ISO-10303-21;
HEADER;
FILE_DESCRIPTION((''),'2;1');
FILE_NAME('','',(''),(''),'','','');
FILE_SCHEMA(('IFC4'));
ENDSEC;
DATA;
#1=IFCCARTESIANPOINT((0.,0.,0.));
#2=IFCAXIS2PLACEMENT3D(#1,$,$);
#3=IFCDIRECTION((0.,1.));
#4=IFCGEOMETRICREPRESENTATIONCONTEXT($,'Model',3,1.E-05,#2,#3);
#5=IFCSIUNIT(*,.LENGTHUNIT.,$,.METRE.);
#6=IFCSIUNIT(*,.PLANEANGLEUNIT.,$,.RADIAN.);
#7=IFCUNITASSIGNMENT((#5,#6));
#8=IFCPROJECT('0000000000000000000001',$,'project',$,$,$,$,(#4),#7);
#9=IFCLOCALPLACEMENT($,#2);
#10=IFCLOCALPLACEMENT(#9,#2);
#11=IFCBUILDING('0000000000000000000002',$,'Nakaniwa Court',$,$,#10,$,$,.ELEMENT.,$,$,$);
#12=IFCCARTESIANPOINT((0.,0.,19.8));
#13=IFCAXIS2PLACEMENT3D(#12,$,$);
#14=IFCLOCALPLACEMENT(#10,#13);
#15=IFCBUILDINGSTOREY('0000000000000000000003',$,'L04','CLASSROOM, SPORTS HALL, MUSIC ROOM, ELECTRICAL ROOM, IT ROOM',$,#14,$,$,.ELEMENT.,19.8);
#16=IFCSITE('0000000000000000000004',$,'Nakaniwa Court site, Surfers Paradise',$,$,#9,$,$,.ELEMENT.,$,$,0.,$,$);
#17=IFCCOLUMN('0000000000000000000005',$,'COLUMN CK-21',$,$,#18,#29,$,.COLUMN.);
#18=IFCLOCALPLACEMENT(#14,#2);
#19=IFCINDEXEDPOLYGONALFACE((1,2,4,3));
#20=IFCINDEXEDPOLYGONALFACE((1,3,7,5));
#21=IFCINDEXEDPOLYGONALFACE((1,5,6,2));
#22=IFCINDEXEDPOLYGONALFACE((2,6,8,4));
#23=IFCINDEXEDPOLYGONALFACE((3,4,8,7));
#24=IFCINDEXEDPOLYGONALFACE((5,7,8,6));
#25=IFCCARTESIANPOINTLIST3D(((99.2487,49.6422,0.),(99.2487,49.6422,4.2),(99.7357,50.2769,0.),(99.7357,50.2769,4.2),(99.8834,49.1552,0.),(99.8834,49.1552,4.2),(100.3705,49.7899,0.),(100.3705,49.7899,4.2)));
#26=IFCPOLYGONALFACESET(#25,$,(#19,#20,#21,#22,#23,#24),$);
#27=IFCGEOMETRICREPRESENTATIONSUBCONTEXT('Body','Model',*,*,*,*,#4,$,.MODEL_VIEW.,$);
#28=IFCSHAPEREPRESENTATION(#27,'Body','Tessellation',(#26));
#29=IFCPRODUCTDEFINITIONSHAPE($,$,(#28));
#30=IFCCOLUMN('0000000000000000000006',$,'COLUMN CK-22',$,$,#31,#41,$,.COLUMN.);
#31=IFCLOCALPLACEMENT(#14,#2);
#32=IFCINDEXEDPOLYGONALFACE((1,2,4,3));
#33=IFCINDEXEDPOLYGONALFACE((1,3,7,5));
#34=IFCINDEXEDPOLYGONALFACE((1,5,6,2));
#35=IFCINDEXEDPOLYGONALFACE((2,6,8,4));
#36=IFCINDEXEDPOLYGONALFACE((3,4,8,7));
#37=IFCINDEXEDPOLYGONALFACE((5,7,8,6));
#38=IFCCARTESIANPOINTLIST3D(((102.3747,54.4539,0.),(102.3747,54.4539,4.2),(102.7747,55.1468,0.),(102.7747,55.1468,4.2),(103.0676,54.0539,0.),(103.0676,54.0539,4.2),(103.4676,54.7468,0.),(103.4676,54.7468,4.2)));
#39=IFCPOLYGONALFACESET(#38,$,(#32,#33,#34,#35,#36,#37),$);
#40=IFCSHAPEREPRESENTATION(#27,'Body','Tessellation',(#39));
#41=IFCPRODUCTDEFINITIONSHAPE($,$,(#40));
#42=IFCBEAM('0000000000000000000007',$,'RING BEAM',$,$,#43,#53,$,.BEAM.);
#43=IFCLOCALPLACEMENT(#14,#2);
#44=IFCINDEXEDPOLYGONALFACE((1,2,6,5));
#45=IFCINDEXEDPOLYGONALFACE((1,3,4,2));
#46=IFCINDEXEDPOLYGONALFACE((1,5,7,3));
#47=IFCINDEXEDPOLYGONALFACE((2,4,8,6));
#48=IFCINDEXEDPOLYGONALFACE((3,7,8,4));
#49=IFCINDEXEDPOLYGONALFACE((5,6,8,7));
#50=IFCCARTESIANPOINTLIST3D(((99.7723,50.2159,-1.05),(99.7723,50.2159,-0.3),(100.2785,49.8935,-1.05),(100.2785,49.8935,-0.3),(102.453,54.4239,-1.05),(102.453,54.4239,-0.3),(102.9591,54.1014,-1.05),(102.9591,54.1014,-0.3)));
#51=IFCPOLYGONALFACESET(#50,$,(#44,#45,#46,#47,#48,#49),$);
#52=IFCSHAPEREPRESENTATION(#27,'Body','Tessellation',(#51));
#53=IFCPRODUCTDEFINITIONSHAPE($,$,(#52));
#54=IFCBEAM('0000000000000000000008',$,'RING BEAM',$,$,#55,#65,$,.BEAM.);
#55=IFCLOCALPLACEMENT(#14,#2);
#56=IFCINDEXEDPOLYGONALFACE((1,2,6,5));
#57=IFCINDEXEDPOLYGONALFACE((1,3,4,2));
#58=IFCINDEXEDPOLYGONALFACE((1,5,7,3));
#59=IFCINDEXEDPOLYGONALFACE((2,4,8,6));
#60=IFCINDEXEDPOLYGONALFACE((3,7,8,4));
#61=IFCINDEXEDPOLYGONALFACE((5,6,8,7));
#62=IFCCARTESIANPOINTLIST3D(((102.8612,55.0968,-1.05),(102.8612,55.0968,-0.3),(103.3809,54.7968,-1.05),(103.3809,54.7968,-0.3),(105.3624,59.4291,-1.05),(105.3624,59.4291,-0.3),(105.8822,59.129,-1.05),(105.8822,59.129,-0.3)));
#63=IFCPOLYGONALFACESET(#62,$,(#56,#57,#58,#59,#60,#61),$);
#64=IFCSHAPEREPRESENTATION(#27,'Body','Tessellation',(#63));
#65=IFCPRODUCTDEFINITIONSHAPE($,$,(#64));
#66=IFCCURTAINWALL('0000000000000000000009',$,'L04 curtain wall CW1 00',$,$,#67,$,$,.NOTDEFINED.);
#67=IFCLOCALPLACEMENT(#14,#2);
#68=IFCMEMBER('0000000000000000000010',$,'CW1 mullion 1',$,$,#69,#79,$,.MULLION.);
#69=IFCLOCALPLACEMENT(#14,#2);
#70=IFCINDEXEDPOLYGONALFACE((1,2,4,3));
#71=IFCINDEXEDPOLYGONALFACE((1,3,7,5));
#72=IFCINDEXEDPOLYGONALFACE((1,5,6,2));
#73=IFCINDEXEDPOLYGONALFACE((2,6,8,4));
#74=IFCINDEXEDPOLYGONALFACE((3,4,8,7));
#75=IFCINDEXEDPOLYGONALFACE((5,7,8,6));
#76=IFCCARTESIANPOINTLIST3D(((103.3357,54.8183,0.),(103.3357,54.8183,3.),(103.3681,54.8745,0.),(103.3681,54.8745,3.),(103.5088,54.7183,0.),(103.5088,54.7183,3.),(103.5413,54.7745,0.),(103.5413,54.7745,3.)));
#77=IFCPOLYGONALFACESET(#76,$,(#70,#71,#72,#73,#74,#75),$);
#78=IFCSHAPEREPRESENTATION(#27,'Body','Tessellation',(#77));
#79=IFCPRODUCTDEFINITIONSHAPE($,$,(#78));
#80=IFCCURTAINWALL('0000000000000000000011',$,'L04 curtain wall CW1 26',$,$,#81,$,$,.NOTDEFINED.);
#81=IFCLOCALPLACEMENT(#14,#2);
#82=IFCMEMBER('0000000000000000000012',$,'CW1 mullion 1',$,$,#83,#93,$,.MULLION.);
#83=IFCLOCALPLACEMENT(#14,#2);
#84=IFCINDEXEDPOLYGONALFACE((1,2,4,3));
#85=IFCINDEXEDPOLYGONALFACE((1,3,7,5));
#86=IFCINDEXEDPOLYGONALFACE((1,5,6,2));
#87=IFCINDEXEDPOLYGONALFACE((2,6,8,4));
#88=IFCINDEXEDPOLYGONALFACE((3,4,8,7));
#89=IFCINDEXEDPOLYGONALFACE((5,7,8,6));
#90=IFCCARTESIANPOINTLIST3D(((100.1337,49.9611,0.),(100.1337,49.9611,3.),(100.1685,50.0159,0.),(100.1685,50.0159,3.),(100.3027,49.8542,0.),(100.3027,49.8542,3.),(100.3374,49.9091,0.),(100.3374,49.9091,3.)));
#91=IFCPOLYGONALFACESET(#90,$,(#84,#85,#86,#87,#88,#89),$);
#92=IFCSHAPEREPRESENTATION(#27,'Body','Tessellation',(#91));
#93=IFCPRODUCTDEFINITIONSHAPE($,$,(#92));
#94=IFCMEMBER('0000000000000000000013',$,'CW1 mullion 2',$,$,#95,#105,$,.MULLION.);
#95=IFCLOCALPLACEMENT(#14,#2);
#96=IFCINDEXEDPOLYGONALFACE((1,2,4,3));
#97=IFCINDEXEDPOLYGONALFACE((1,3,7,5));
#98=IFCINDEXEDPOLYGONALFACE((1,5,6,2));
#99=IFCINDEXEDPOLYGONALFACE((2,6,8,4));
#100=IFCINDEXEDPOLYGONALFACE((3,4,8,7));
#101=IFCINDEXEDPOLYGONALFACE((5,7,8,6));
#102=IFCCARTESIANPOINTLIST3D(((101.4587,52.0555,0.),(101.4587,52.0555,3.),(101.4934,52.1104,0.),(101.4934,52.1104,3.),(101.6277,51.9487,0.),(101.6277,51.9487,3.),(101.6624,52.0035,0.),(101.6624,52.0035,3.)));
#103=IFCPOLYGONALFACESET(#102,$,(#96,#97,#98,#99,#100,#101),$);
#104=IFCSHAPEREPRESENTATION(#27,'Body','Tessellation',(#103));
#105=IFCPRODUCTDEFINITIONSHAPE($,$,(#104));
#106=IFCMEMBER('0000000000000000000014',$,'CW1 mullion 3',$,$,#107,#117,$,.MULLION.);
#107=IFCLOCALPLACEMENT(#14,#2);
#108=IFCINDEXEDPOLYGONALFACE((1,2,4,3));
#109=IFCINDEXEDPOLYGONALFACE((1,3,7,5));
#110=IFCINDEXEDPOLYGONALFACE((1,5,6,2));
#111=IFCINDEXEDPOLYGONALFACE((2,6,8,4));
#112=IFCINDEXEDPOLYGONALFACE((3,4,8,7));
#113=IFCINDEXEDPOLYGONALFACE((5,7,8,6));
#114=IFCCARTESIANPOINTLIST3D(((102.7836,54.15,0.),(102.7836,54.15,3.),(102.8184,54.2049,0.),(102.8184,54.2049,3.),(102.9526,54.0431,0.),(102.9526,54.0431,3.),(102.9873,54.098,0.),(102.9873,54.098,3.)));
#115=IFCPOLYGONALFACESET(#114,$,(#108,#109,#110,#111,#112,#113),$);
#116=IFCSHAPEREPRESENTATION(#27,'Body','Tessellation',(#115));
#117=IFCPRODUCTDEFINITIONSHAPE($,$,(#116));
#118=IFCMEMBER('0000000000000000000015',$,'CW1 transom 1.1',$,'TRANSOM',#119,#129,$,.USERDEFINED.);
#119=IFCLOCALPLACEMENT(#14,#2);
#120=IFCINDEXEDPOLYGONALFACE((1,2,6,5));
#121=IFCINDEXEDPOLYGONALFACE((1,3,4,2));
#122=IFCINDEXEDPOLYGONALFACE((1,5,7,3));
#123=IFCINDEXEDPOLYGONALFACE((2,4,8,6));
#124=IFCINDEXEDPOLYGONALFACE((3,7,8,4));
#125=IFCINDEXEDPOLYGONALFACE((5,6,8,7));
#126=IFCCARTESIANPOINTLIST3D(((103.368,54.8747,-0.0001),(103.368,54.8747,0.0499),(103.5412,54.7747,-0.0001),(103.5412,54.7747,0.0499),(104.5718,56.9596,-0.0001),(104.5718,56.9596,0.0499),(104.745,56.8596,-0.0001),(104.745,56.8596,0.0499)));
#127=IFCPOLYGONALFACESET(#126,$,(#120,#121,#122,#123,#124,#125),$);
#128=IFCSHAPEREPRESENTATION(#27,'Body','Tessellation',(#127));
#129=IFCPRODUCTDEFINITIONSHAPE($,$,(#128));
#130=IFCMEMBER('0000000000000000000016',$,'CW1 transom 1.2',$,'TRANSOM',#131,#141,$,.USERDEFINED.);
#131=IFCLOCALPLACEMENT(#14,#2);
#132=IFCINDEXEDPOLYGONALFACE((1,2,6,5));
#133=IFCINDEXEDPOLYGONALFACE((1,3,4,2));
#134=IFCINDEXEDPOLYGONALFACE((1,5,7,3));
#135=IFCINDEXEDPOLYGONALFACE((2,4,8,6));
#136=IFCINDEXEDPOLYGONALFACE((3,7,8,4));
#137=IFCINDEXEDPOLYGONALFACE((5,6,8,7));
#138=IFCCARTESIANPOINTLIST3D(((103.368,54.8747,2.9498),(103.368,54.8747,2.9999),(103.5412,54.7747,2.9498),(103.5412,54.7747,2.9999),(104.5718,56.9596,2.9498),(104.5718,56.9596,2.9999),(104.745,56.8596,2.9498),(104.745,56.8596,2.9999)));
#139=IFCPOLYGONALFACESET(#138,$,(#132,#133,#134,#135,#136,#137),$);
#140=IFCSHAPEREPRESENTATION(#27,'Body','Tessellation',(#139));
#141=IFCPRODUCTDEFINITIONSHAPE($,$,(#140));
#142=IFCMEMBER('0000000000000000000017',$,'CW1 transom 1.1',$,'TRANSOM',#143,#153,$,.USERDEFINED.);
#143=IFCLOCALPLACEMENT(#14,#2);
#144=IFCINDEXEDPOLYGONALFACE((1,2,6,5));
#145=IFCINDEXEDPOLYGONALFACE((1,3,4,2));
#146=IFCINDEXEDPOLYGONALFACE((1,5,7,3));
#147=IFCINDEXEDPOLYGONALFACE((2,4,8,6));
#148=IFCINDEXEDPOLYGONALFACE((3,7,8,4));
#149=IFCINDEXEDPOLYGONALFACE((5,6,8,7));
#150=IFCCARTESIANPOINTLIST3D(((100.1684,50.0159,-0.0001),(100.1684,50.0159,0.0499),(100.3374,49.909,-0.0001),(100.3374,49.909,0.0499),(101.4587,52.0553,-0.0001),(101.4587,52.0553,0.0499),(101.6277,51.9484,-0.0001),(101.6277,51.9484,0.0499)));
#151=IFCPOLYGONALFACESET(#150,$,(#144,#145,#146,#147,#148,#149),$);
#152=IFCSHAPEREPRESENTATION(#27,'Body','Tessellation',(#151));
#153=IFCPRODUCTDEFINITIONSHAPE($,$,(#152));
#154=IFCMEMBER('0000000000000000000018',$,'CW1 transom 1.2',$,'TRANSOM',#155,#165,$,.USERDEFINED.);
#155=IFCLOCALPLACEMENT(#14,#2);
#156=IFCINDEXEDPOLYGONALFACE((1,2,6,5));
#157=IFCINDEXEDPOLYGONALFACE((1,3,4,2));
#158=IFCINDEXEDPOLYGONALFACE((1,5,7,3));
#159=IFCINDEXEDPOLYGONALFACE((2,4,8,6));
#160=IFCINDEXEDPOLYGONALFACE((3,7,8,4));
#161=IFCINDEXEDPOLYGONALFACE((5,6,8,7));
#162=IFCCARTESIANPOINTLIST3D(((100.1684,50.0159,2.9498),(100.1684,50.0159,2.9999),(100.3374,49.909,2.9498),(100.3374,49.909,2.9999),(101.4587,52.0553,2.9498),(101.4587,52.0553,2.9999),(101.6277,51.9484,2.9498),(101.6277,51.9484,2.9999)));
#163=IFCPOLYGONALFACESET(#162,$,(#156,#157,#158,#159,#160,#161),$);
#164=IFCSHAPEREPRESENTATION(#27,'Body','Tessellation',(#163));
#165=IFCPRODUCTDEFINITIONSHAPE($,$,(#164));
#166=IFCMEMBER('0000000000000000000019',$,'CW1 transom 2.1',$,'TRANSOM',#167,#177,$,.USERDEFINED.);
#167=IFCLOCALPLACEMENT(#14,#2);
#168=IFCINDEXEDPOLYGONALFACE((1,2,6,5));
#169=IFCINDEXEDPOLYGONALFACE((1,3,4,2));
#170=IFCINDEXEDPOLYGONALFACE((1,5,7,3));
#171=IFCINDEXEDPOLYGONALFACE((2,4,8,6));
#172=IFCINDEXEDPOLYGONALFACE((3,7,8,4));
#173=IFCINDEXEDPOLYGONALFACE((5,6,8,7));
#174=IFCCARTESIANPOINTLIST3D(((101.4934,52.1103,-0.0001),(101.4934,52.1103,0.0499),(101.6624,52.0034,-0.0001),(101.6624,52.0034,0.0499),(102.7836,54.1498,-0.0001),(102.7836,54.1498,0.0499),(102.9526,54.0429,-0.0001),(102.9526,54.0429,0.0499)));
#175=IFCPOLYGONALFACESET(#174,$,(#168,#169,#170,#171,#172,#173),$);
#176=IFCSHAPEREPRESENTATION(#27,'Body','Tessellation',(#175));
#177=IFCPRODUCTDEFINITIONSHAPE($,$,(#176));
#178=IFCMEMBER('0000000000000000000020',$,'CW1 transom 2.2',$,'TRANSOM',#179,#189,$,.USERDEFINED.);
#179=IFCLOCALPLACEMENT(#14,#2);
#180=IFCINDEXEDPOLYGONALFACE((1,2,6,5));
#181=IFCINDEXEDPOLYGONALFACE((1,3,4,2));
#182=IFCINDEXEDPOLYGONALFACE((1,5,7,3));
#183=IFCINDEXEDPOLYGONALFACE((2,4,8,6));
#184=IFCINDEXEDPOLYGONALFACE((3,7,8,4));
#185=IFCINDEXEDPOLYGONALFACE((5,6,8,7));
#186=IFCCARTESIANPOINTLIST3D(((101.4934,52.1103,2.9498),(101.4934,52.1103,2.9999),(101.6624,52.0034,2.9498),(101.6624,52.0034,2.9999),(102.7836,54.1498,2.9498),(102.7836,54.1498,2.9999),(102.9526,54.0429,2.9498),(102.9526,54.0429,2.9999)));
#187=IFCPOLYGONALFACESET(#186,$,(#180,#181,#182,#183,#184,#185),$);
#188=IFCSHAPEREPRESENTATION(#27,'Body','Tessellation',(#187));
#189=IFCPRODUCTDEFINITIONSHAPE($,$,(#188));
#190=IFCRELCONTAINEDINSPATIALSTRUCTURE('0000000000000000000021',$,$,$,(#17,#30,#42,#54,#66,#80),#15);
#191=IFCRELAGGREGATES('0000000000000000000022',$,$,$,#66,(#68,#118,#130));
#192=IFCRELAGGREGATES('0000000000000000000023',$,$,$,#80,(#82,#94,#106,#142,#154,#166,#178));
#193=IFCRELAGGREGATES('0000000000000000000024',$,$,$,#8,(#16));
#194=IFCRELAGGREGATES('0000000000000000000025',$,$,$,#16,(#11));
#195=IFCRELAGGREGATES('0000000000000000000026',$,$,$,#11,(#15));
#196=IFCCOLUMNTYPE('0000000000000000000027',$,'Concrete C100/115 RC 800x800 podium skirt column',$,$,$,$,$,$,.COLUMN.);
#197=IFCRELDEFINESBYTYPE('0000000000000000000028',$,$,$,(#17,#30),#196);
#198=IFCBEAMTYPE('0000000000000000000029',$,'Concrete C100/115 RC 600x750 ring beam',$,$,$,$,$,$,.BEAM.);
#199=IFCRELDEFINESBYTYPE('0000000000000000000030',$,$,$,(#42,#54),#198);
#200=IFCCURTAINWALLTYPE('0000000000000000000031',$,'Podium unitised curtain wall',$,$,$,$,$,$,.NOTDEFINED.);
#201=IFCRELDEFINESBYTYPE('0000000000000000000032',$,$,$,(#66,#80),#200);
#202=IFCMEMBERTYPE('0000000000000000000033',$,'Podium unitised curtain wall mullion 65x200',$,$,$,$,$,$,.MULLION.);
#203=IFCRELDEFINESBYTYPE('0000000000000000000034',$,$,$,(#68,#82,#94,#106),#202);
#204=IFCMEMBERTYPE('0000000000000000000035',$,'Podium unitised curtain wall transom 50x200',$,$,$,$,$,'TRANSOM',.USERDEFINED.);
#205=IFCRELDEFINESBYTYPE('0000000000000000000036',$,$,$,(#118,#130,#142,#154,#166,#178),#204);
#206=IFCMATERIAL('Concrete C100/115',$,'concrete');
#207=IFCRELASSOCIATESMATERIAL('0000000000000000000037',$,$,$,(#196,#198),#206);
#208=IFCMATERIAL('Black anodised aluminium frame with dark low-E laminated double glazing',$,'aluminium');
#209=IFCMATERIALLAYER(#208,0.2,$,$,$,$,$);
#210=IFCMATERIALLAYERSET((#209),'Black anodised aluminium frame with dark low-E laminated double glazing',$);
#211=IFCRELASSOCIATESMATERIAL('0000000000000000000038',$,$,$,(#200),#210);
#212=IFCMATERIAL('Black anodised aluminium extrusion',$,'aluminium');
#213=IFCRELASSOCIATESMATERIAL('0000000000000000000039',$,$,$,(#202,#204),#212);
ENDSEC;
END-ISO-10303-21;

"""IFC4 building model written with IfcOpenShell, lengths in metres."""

from ifc_helpers import new_model, si_unit, direction, frame, origin, origin_2d, place, context, subcontext, project, spatial, rectangle, extrude, material, layer, layer_set, material_profile, profile_set, type_object, element, aggregate, save


model = new_model("IFC4")

# Units and contexts
model_context = context("Model", 3, precision=1e-05, world=origin(), true_north=direction((0.0, 1.0)))
body_context = subcontext(model_context, "Body", "Model", "MODEL_VIEW")
ifc_project = project(units=[si_unit("LENGTHUNIT", "METRE"), si_unit("PLANEANGLEUNIT", "RADIAN")], contexts=[model_context])

# Site, building, storey
site_placement = place(None, origin())
site = spatial("IfcSite", under=ifc_project, at=site_placement, Name="Nakaniwa Court site, Surfers Paradise", CompositionType="ELEMENT", RefElevation=0.0)
building_placement = place(site_placement, origin())
building = spatial("IfcBuilding", under=site, at=building_placement, Name="Nakaniwa Court", CompositionType="ELEMENT")
storey_placement = place(building_placement, frame((0.0, 0.0, 19.8)))
storey = spatial("IfcBuildingStorey", under=building, at=storey_placement, Name="L04", Description="CLASSROOM, SPORTS HALL, MUSIC ROOM, ELECTRICAL ROOM, IT ROOM", CompositionType="ELEMENT", Elevation=19.8)

# Columns
ifc_material_1 = material(Name="Concrete C100/115", Category="concrete")
ifc_material_profile_1 = material_profile(ifc_material_1, rectangle(XDim=0.8, YDim=0.8, at=origin_2d()), Name="Concrete C100/115 RC 800x800 podium skirt column")
ifc_profile_set_1 = profile_set([ifc_material_profile_1], Name="Concrete C100/115")
column_type = type_object("IfcColumnType", Name="Concrete C100/115 RC 800x800 podium skirt column", PredefinedType="COLUMN", material=ifc_profile_set_1)
for number, where, z_axis, x_axis, name in (
    (1, (99.8096, 49.7161, 0.0), (0.0, 0.0, 1.0), (0.608761, 0.793353, 0.0), "COLUMN CK-21"),
    (2, (102.9211, 54.6003, 0.0), (0.0, 0.0, 1.0), (0.5, 0.866025, 0.0), "COLUMN CK-22"),
):
    element("IfcColumn", number, at=place(storey_placement, frame(where, z_axis=z_axis, x_axis=x_axis)), inside=storey, type_object=column_type, Name=name, PredefinedType="COLUMN", context=body_context, shape_type="SweptSolid", body=[
        extrude(rectangle(XDim=0.8, YDim=0.8, at=origin_2d()), origin(), (0.0, 0.0, 1.0), 4.2),
    ])

# Beams
ifc_material_profile_2 = material_profile(ifc_material_1, rectangle(XDim=0.6001, YDim=0.75, at=origin_2d()), Name="Concrete C100/115 RC 600x750 ring beam")
ifc_profile_set_2 = profile_set([ifc_material_profile_2], Name="Concrete C100/115")
beam_type = type_object("IfcBeamType", Name="Concrete C100/115 RC 600x750 ring beam", PredefinedType="BEAM", material=ifc_profile_set_2)
beam_1_placement = place(storey_placement, frame((100.0254, 50.0547, -0.675), z_axis=(0.537281, 0.843403, 0.0), x_axis=(-0.843403, 0.537281, 0.0)))
element("IfcBeam", 3, at=beam_1_placement, inside=storey, type_object=beam_type, Name="RING BEAM", PredefinedType="BEAM", context=body_context, shape_type="SweptSolid", body=[
    extrude(rectangle(XDim=0.6001, YDim=0.75, at=origin_2d()), origin(), (0.0, 0.0, 1.0), 4.9893),
])
beam_2_placement = place(storey_placement, frame((103.1211, 54.9468, -0.675), z_axis=(0.499997, 0.866027, 0.0), x_axis=(-0.866027, 0.499997, 0.0)))
element("IfcBeam", 4, at=beam_2_placement, inside=storey, type_object=beam_type, Name="RING BEAM", PredefinedType="BEAM", context=body_context, shape_type="SweptSolid", body=[
    extrude(rectangle(XDim=0.6001, YDim=0.75, at=origin_2d()), origin(), (0.0, 0.0, 1.0), 5.0024),
])

# Curtain wall, member
ifc_material_2 = material(Name="Black anodised aluminium frame with dark low-E laminated double glazing", Category="aluminium")
ifc_layer_1 = layer(ifc_material_2, 0.2)
ifc_layer_set_1 = layer_set([ifc_layer_1], Name="Black anodised aluminium frame with dark low-E laminated double glazing")
curtain_wall_type = type_object("IfcCurtainWallType", Name="Podium unitised curtain wall", PredefinedType="NOTDEFINED", material=ifc_layer_set_1)
curtain_wall_1_placement = place(storey_placement, origin())
curtain_wall_1 = element("IfcCurtainWall", 5, at=curtain_wall_1_placement, inside=storey, type_object=curtain_wall_type, Name="L04 curtain wall CW1 00", PredefinedType="NOTDEFINED")
ifc_material_3 = material(Name="Black anodised aluminium extrusion", Category="aluminium")
ifc_material_profile_3 = material_profile(ifc_material_3, rectangle(XDim=0.2, YDim=0.0649, at=origin_2d()), Name="Podium unitised curtain wall mullion 65x200")
ifc_profile_set_3 = profile_set([ifc_material_profile_3], Name="Black anodised aluminium extrusion")
member_type_1 = type_object("IfcMemberType", Name="Podium unitised curtain wall mullion 65x200", PredefinedType="MULLION", material=ifc_profile_set_3)
member_1_placement = place(storey_placement, frame((103.4385, 54.7964, 0.0), z_axis=(0.0, 0.0, 1.0), x_axis=(-0.866037, 0.499979, 0.0)))
member_1 = element("IfcMember", 6, at=member_1_placement, type_object=member_type_1, Name="CW1 mullion 1", PredefinedType="MULLION", context=body_context, shape_type="SweptSolid", body=[
    extrude(rectangle(XDim=0.2, YDim=0.0649, at=origin_2d()), origin(), (0.0, 0.0, 1.0), 3.0),
])

# Curtain wall, members
curtain_wall_2_placement = place(storey_placement, origin())
curtain_wall_2 = element("IfcCurtainWall", 7, at=curtain_wall_2_placement, inside=storey, type_object=curtain_wall_type, Name="L04 curtain wall CW1 26", PredefinedType="NOTDEFINED")
member_2_placement = place(storey_placement, frame((100.2356, 49.9351, 0.0), z_axis=(0.0, 0.0, 1.0), x_axis=(-0.845107, 0.534597, 0.0)))
member_2 = element("IfcMember", 8, at=member_2_placement, type_object=member_type_1, Name="CW1 mullion 1", PredefinedType="MULLION", context=body_context, shape_type="SweptSolid", body=[
    extrude(rectangle(XDim=0.2, YDim=0.0649, at=origin_2d()), origin(), (0.0, 0.0, 1.0), 3.0),
])
member_3_placement = place(storey_placement, frame((101.5605, 52.0295, 0.0), z_axis=(0.0, 0.0, 1.0), x_axis=(-0.845107, 0.534597, 0.0)))
member_3 = element("IfcMember", 9, at=member_3_placement, type_object=member_type_1, Name="CW1 mullion 2", PredefinedType="MULLION", context=body_context, shape_type="SweptSolid", body=[
    extrude(rectangle(XDim=0.2, YDim=0.0649, at=origin_2d()), origin(), (0.0, 0.0, 1.0), 3.0),
])
member_4_placement = place(storey_placement, frame((102.8855, 54.124, 0.0), z_axis=(0.0, 0.0, 1.0), x_axis=(-0.845107, 0.534597, 0.0)))
member_4 = element("IfcMember", 10, at=member_4_placement, type_object=member_type_1, Name="CW1 mullion 3", PredefinedType="MULLION", context=body_context, shape_type="SweptSolid", body=[
    extrude(rectangle(XDim=0.2, YDim=0.0649, at=origin_2d()), origin(), (0.0, 0.0, 1.0), 3.0),
])

# Members
ifc_material_profile_4 = material_profile(ifc_material_3, rectangle(XDim=0.2, YDim=0.05, at=origin_2d()), Name="Podium unitised curtain wall transom 50x200")
ifc_profile_set_4 = profile_set([ifc_material_profile_4], Name="Black anodised aluminium extrusion")
member_type_2 = type_object("IfcMemberType", Name="Podium unitised curtain wall transom 50x200", ElementType="TRANSOM", PredefinedType="USERDEFINED", material=ifc_profile_set_4)
member_5_placement = place(storey_placement, frame((103.4546, 54.8247, 0.0249), z_axis=(0.500033, 0.866007, 0.0), x_axis=(-0.866007, 0.500033, 0.0)))
member_5 = element("IfcMember", 11, at=member_5_placement, type_object=member_type_2, Name="CW1 transom 1.1", ObjectType="TRANSOM", PredefinedType="USERDEFINED", context=body_context, shape_type="SweptSolid", body=[
    extrude(rectangle(XDim=0.2, YDim=0.05, at=origin_2d()), origin(), (0.0, 0.0, 1.0), 2.4075),
])
member_6_placement = place(storey_placement, frame((103.4546, 54.8247, 2.9749), z_axis=(0.500033, 0.866007, 0.0), x_axis=(-0.866007, 0.500033, 0.0)))
member_6 = element("IfcMember", 12, at=member_6_placement, type_object=member_type_2, Name="CW1 transom 1.2", ObjectType="TRANSOM", PredefinedType="USERDEFINED", context=body_context, shape_type="SweptSolid", body=[
    extrude(rectangle(XDim=0.2, YDim=0.05, at=origin_2d()), origin(), (0.0, 0.0, 1.0), 2.4075),
])
member_7_placement = place(storey_placement, frame((100.2529, 49.9624, 0.0249), z_axis=(0.534628, 0.845087, 0.0), x_axis=(-0.845087, 0.534628, 0.0)))
member_7 = element("IfcMember", 13, at=member_7_placement, type_object=member_type_2, Name="CW1 transom 1.1", ObjectType="TRANSOM", PredefinedType="USERDEFINED", context=body_context, shape_type="SweptSolid", body=[
    extrude(rectangle(XDim=0.2, YDim=0.05, at=origin_2d()), origin(), (0.0, 0.0, 1.0), 2.4133),
])
member_8_placement = place(storey_placement, frame((100.2529, 49.9624, 2.9749), z_axis=(0.534628, 0.845087, 0.0), x_axis=(-0.845087, 0.534628, 0.0)))
member_8 = element("IfcMember", 14, at=member_8_placement, type_object=member_type_2, Name="CW1 transom 1.2", ObjectType="TRANSOM", PredefinedType="USERDEFINED", context=body_context, shape_type="SweptSolid", body=[
    extrude(rectangle(XDim=0.2, YDim=0.05, at=origin_2d()), origin(), (0.0, 0.0, 1.0), 2.4133),
])
member_9_placement = place(storey_placement, frame((101.5779, 52.0569, 0.0249), z_axis=(0.534628, 0.845087, 0.0), x_axis=(-0.845087, 0.534628, 0.0)))
member_9 = element("IfcMember", 15, at=member_9_placement, type_object=member_type_2, Name="CW1 transom 2.1", ObjectType="TRANSOM", PredefinedType="USERDEFINED", context=body_context, shape_type="SweptSolid", body=[
    extrude(rectangle(XDim=0.2, YDim=0.05, at=origin_2d()), origin(), (0.0, 0.0, 1.0), 2.4133),
])
member_10_placement = place(storey_placement, frame((101.5779, 52.0569, 2.9749), z_axis=(0.534628, 0.845087, 0.0), x_axis=(-0.845087, 0.534628, 0.0)))
member_10 = element("IfcMember", 16, at=member_10_placement, type_object=member_type_2, Name="CW1 transom 2.2", ObjectType="TRANSOM", PredefinedType="USERDEFINED", context=body_context, shape_type="SweptSolid", body=[
    extrude(rectangle(XDim=0.2, YDim=0.05, at=origin_2d()), origin(), (0.0, 0.0, 1.0), 2.4133),
])

aggregate(curtain_wall_1, [member_1, member_5, member_6])
aggregate(curtain_wall_2, [member_2, member_3, member_4, member_7, member_8, member_9, member_10])

save(model, "model.ifc")
